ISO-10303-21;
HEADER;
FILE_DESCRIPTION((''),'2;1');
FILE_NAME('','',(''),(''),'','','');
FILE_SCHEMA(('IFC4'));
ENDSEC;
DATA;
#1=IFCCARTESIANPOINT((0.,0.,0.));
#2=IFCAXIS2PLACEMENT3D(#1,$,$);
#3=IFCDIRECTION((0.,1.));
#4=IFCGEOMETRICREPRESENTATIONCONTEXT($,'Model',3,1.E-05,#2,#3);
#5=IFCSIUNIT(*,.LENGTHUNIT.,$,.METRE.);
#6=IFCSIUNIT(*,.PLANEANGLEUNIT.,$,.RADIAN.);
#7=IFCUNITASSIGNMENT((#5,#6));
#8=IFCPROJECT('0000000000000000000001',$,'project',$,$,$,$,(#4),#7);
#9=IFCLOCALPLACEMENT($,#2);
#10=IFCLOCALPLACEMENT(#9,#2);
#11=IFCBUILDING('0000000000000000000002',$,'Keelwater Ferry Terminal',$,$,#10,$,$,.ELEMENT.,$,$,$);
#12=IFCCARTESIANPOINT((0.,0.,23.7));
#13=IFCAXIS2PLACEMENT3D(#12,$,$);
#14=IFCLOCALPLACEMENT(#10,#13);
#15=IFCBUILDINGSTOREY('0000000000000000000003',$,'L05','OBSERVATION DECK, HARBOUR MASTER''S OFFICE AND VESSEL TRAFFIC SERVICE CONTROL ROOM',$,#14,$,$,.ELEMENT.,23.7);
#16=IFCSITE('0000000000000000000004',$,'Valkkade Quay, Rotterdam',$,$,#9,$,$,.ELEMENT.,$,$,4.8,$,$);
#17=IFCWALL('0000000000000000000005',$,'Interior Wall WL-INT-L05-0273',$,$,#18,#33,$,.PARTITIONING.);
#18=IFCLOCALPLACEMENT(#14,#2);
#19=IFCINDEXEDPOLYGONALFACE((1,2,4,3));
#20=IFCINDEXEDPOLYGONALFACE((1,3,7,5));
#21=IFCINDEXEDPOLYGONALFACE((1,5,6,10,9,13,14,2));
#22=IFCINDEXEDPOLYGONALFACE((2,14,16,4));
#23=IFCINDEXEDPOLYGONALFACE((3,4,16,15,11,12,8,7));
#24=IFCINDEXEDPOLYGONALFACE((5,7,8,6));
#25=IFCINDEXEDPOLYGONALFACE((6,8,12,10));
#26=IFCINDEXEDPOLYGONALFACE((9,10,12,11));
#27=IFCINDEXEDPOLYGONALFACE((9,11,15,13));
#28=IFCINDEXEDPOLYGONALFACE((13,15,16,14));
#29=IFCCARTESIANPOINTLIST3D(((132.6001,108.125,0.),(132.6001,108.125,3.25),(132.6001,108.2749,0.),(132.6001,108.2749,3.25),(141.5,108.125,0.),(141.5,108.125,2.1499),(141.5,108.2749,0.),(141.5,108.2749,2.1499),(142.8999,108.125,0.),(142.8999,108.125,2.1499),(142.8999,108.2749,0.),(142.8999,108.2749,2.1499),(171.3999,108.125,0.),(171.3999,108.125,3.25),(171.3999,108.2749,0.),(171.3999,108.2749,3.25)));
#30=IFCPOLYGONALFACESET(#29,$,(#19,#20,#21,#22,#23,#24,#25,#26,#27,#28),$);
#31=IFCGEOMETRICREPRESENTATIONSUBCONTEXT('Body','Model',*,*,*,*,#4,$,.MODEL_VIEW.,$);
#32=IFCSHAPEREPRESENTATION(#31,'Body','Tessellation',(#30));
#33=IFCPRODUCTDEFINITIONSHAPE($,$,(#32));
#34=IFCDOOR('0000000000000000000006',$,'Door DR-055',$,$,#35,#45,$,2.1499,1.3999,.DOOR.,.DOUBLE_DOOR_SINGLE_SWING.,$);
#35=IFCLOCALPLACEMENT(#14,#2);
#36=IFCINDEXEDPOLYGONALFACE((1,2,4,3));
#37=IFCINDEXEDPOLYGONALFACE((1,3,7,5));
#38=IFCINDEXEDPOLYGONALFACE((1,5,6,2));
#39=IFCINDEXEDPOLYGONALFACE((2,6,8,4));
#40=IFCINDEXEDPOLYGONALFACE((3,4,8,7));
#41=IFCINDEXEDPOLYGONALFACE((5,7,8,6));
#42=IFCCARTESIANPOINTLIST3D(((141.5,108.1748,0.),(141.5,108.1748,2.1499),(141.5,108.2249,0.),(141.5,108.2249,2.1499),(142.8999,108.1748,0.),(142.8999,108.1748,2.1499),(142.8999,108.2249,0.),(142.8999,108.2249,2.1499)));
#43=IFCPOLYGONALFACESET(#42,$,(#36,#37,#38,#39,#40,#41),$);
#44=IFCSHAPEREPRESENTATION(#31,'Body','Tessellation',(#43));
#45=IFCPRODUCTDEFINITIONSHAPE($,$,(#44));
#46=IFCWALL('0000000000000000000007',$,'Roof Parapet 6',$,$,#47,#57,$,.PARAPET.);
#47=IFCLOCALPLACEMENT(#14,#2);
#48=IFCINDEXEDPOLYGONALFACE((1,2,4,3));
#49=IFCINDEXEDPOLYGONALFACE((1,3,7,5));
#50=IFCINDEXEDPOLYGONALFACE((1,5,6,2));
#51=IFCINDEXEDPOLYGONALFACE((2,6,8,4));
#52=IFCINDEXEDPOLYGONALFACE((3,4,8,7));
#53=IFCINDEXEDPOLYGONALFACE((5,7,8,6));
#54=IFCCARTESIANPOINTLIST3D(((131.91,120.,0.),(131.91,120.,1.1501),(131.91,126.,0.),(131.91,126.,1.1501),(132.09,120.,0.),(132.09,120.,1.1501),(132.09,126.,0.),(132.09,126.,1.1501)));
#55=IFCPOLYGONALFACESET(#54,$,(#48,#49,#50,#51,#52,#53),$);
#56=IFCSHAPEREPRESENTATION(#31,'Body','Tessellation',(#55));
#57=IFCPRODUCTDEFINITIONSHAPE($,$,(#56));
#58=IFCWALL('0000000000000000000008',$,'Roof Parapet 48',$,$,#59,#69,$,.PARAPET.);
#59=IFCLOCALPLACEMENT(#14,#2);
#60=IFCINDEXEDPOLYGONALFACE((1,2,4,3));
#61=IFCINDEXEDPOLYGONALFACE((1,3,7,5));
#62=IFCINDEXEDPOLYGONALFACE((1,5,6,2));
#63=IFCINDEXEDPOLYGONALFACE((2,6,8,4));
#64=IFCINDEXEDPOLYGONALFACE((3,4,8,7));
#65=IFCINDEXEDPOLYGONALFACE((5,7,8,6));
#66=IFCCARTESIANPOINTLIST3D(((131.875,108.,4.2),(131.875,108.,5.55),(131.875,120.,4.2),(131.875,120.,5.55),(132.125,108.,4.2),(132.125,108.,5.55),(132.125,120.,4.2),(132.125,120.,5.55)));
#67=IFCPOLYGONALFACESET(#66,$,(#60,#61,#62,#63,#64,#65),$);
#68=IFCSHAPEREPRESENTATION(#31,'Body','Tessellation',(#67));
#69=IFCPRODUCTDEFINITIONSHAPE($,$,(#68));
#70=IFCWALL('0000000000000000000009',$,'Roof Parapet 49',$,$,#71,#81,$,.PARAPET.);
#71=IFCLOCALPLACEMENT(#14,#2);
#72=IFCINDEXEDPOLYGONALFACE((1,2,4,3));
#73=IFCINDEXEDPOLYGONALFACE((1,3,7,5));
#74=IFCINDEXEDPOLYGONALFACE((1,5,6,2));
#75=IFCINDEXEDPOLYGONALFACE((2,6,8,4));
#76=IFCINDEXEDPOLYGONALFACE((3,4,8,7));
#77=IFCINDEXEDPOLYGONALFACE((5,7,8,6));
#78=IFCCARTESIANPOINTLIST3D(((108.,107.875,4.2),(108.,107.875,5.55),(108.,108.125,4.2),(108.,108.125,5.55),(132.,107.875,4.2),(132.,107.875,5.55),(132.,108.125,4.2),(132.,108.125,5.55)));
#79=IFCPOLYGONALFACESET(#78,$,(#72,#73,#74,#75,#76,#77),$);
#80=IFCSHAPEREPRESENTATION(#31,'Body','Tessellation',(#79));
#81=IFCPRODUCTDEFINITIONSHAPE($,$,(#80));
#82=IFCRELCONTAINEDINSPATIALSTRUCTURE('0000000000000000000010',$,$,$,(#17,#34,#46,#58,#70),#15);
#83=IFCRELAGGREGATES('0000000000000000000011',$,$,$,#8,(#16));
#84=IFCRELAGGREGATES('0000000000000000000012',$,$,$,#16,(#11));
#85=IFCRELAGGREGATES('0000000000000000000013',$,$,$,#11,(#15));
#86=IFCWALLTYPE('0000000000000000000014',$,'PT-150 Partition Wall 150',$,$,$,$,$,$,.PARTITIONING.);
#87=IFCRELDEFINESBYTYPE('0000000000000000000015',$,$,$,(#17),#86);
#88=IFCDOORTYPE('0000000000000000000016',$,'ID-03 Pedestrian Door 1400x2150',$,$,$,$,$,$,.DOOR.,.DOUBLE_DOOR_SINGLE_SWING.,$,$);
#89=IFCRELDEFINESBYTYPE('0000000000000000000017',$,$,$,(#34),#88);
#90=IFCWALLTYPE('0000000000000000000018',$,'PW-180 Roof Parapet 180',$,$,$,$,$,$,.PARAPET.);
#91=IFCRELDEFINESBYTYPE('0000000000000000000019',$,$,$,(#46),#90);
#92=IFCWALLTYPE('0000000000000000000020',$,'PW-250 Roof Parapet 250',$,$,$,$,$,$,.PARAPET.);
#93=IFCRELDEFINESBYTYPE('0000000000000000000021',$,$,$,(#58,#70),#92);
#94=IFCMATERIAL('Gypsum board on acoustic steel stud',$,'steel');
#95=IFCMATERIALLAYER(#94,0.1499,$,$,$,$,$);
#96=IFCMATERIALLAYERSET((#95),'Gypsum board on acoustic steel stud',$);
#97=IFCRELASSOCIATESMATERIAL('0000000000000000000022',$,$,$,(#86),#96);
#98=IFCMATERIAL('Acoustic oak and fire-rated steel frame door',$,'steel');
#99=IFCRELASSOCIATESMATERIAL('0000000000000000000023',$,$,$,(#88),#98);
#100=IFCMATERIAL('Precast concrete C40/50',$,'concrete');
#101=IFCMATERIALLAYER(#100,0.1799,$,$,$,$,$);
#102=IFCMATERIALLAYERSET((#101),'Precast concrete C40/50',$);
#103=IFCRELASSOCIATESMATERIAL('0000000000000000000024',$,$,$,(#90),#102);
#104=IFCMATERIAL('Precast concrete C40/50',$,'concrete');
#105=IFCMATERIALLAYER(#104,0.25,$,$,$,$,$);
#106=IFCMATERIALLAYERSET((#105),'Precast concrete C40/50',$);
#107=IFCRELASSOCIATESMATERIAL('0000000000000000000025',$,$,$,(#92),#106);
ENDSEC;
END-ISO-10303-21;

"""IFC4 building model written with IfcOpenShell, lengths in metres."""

from ifc_helpers import new_model, si_unit, direction, frame, frame_2d, origin, place, context, subcontext, project, spatial, rectangle, extrude, material, layer, layer_set, type_object, element, fill, save


model = new_model("IFC4")

# Units and contexts
model_context = context("Model", 3, precision=1e-05, world=origin(), true_north=direction((0.0, 1.0)))
body_context = subcontext(model_context, "Body", "Model", "MODEL_VIEW")
ifc_project = project(units=[si_unit("LENGTHUNIT", "METRE"), si_unit("PLANEANGLEUNIT", "RADIAN")], contexts=[model_context])

# Site, building, storey
site_placement = place(None, origin())
site = spatial("IfcSite", under=ifc_project, at=site_placement, Name="Valkkade Quay, Rotterdam", CompositionType="ELEMENT", RefElevation=4.8)
building_placement = place(site_placement, origin())
building = spatial("IfcBuilding", under=site, at=building_placement, Name="Keelwater Ferry Terminal", CompositionType="ELEMENT")
storey_placement = place(building_placement, frame((0.0, 0.0, 23.7)))
storey = spatial("IfcBuildingStorey", under=building, at=storey_placement, Name="L05", Description="OBSERVATION DECK, HARBOUR MASTER'S OFFICE AND VESSEL TRAFFIC SERVICE CONTROL ROOM", CompositionType="ELEMENT", Elevation=23.7)

# Wall, opening, door
ifc_material_1 = material(Name="Gypsum board on acoustic steel stud", Category="steel")
ifc_layer_1 = layer(ifc_material_1, 0.1499)
ifc_layer_set_1 = layer_set([ifc_layer_1], Name="Gypsum board on acoustic steel stud")
wall_type_1 = type_object("IfcWallType", Name="PT-150 Partition Wall 150", PredefinedType="PARTITIONING", material=ifc_layer_set_1)
wall_1_placement = place(storey_placement, frame((132.6001, 108.2, 0.0), z_axis=(0.0, 0.0, 1.0), x_axis=(1.0, 0.0, 0.0)))
wall_1 = element("IfcWall", 1, at=wall_1_placement, inside=storey, type_object=wall_type_1, Name="Interior Wall WL-INT-L05-0273", PredefinedType="PARTITIONING", context=body_context, shape_type="SweptSolid", body=[
    extrude(rectangle(XDim=38.7998, YDim=0.1499, at=frame_2d((19.3999, 0.0))), origin(), (0.0, 0.0, 1.0), 3.25),
])
opening_1_placement = place(wall_1_placement, frame((8.8999, 0.0, 0.0)))
opening_1 = element("IfcOpeningElement", 2, at=opening_1_placement, cuts=wall_1, PredefinedType="OPENING", context=body_context, shape_type="SweptSolid", body=[
    extrude(rectangle(XDim=1.3999, YDim=2.1499, at=frame_2d((0.7, 1.075))), frame((0.0, 0.085, 0.0), z_axis=(0.0, -1.0, 0.0), x_axis=(1.0, 0.0, 0.0)), (0.0, 0.0, 1.0), 0.1699),
])
ifc_material_2 = material(Name="Acoustic oak and fire-rated steel frame door", Category="steel")
door_type_1 = type_object("IfcDoorType", Name="ID-03 Pedestrian Door 1400x2150", OperationType="DOUBLE_DOOR_SINGLE_SWING", PredefinedType="DOOR", material=ifc_material_2)
door_1_placement = place(opening_1_placement, origin())
door_1 = element("IfcDoor", 3, at=door_1_placement, inside=storey, type_object=door_type_1, Name="Door DR-055", OperationType="DOUBLE_DOOR_SINGLE_SWING", OverallHeight=2.1499, OverallWidth=1.3999, PredefinedType="DOOR", context=body_context, shape_type="SweptSolid", body=[
    extrude(rectangle(XDim=1.3999, YDim=2.1499, at=frame_2d((0.7, 1.075))), frame((0.0, 0.0249, 0.0), z_axis=(0.0, -1.0, 0.0), x_axis=(1.0, 0.0, 0.0)), (0.0, 0.0, 1.0), 0.05),
])
fill(opening_1, door_1)

# Walls
ifc_material_3 = material(Name="Precast concrete C40/50", Category="concrete")
ifc_layer_2 = layer(ifc_material_3, 0.1799)
ifc_layer_set_2 = layer_set([ifc_layer_2], Name="Precast concrete C40/50")
wall_type_2 = type_object("IfcWallType", Name="PW-180 Roof Parapet 180", PredefinedType="PARAPET", material=ifc_layer_set_2)
wall_2_placement = place(storey_placement, frame((132.0, 126.0, 0.0), z_axis=(0.0, 0.0, 1.0), x_axis=(0.0, -1.0, 0.0)))
element("IfcWall", 4, at=wall_2_placement, inside=storey, type_object=wall_type_2, Name="Roof Parapet 6", PredefinedType="PARAPET", context=body_context, shape_type="SweptSolid", body=[
    extrude(rectangle(XDim=6.0, YDim=0.1799, at=frame_2d((3.0, 0.0))), origin(), (0.0, 0.0, 1.0), 1.1501),
])
ifc_material_4 = material(Name="Precast concrete C40/50", Category="concrete")
ifc_layer_3 = layer(ifc_material_4, 0.25)
ifc_layer_set_3 = layer_set([ifc_layer_3], Name="Precast concrete C40/50")
wall_type_3 = type_object("IfcWallType", Name="PW-250 Roof Parapet 250", PredefinedType="PARAPET", material=ifc_layer_set_3)
wall_3_placement = place(storey_placement, frame((132.0, 120.0, 4.2), z_axis=(0.0, 0.0, 1.0), x_axis=(0.0, -1.0, 0.0)))
element("IfcWall", 5, at=wall_3_placement, inside=storey, type_object=wall_type_3, Name="Roof Parapet 48", PredefinedType="PARAPET", context=body_context, shape_type="SweptSolid", body=[
    extrude(rectangle(XDim=12.0, YDim=0.25, at=frame_2d((6.0, 0.0))), origin(), (0.0, 0.0, 1.0), 1.3501),
])
wall_4_placement = place(storey_placement, frame((132.0, 108.0, 4.2), z_axis=(0.0, 0.0, 1.0), x_axis=(-1.0, 0.0, 0.0)))
element("IfcWall", 6, at=wall_4_placement, inside=storey, type_object=wall_type_3, Name="Roof Parapet 49", PredefinedType="PARAPET", context=body_context, shape_type="SweptSolid", body=[
    extrude(rectangle(XDim=24.0, YDim=0.25, at=frame_2d((12.0, 0.0))), origin(), (0.0, 0.0, 1.0), 1.3501),
])

save(model, "model.ifc")
